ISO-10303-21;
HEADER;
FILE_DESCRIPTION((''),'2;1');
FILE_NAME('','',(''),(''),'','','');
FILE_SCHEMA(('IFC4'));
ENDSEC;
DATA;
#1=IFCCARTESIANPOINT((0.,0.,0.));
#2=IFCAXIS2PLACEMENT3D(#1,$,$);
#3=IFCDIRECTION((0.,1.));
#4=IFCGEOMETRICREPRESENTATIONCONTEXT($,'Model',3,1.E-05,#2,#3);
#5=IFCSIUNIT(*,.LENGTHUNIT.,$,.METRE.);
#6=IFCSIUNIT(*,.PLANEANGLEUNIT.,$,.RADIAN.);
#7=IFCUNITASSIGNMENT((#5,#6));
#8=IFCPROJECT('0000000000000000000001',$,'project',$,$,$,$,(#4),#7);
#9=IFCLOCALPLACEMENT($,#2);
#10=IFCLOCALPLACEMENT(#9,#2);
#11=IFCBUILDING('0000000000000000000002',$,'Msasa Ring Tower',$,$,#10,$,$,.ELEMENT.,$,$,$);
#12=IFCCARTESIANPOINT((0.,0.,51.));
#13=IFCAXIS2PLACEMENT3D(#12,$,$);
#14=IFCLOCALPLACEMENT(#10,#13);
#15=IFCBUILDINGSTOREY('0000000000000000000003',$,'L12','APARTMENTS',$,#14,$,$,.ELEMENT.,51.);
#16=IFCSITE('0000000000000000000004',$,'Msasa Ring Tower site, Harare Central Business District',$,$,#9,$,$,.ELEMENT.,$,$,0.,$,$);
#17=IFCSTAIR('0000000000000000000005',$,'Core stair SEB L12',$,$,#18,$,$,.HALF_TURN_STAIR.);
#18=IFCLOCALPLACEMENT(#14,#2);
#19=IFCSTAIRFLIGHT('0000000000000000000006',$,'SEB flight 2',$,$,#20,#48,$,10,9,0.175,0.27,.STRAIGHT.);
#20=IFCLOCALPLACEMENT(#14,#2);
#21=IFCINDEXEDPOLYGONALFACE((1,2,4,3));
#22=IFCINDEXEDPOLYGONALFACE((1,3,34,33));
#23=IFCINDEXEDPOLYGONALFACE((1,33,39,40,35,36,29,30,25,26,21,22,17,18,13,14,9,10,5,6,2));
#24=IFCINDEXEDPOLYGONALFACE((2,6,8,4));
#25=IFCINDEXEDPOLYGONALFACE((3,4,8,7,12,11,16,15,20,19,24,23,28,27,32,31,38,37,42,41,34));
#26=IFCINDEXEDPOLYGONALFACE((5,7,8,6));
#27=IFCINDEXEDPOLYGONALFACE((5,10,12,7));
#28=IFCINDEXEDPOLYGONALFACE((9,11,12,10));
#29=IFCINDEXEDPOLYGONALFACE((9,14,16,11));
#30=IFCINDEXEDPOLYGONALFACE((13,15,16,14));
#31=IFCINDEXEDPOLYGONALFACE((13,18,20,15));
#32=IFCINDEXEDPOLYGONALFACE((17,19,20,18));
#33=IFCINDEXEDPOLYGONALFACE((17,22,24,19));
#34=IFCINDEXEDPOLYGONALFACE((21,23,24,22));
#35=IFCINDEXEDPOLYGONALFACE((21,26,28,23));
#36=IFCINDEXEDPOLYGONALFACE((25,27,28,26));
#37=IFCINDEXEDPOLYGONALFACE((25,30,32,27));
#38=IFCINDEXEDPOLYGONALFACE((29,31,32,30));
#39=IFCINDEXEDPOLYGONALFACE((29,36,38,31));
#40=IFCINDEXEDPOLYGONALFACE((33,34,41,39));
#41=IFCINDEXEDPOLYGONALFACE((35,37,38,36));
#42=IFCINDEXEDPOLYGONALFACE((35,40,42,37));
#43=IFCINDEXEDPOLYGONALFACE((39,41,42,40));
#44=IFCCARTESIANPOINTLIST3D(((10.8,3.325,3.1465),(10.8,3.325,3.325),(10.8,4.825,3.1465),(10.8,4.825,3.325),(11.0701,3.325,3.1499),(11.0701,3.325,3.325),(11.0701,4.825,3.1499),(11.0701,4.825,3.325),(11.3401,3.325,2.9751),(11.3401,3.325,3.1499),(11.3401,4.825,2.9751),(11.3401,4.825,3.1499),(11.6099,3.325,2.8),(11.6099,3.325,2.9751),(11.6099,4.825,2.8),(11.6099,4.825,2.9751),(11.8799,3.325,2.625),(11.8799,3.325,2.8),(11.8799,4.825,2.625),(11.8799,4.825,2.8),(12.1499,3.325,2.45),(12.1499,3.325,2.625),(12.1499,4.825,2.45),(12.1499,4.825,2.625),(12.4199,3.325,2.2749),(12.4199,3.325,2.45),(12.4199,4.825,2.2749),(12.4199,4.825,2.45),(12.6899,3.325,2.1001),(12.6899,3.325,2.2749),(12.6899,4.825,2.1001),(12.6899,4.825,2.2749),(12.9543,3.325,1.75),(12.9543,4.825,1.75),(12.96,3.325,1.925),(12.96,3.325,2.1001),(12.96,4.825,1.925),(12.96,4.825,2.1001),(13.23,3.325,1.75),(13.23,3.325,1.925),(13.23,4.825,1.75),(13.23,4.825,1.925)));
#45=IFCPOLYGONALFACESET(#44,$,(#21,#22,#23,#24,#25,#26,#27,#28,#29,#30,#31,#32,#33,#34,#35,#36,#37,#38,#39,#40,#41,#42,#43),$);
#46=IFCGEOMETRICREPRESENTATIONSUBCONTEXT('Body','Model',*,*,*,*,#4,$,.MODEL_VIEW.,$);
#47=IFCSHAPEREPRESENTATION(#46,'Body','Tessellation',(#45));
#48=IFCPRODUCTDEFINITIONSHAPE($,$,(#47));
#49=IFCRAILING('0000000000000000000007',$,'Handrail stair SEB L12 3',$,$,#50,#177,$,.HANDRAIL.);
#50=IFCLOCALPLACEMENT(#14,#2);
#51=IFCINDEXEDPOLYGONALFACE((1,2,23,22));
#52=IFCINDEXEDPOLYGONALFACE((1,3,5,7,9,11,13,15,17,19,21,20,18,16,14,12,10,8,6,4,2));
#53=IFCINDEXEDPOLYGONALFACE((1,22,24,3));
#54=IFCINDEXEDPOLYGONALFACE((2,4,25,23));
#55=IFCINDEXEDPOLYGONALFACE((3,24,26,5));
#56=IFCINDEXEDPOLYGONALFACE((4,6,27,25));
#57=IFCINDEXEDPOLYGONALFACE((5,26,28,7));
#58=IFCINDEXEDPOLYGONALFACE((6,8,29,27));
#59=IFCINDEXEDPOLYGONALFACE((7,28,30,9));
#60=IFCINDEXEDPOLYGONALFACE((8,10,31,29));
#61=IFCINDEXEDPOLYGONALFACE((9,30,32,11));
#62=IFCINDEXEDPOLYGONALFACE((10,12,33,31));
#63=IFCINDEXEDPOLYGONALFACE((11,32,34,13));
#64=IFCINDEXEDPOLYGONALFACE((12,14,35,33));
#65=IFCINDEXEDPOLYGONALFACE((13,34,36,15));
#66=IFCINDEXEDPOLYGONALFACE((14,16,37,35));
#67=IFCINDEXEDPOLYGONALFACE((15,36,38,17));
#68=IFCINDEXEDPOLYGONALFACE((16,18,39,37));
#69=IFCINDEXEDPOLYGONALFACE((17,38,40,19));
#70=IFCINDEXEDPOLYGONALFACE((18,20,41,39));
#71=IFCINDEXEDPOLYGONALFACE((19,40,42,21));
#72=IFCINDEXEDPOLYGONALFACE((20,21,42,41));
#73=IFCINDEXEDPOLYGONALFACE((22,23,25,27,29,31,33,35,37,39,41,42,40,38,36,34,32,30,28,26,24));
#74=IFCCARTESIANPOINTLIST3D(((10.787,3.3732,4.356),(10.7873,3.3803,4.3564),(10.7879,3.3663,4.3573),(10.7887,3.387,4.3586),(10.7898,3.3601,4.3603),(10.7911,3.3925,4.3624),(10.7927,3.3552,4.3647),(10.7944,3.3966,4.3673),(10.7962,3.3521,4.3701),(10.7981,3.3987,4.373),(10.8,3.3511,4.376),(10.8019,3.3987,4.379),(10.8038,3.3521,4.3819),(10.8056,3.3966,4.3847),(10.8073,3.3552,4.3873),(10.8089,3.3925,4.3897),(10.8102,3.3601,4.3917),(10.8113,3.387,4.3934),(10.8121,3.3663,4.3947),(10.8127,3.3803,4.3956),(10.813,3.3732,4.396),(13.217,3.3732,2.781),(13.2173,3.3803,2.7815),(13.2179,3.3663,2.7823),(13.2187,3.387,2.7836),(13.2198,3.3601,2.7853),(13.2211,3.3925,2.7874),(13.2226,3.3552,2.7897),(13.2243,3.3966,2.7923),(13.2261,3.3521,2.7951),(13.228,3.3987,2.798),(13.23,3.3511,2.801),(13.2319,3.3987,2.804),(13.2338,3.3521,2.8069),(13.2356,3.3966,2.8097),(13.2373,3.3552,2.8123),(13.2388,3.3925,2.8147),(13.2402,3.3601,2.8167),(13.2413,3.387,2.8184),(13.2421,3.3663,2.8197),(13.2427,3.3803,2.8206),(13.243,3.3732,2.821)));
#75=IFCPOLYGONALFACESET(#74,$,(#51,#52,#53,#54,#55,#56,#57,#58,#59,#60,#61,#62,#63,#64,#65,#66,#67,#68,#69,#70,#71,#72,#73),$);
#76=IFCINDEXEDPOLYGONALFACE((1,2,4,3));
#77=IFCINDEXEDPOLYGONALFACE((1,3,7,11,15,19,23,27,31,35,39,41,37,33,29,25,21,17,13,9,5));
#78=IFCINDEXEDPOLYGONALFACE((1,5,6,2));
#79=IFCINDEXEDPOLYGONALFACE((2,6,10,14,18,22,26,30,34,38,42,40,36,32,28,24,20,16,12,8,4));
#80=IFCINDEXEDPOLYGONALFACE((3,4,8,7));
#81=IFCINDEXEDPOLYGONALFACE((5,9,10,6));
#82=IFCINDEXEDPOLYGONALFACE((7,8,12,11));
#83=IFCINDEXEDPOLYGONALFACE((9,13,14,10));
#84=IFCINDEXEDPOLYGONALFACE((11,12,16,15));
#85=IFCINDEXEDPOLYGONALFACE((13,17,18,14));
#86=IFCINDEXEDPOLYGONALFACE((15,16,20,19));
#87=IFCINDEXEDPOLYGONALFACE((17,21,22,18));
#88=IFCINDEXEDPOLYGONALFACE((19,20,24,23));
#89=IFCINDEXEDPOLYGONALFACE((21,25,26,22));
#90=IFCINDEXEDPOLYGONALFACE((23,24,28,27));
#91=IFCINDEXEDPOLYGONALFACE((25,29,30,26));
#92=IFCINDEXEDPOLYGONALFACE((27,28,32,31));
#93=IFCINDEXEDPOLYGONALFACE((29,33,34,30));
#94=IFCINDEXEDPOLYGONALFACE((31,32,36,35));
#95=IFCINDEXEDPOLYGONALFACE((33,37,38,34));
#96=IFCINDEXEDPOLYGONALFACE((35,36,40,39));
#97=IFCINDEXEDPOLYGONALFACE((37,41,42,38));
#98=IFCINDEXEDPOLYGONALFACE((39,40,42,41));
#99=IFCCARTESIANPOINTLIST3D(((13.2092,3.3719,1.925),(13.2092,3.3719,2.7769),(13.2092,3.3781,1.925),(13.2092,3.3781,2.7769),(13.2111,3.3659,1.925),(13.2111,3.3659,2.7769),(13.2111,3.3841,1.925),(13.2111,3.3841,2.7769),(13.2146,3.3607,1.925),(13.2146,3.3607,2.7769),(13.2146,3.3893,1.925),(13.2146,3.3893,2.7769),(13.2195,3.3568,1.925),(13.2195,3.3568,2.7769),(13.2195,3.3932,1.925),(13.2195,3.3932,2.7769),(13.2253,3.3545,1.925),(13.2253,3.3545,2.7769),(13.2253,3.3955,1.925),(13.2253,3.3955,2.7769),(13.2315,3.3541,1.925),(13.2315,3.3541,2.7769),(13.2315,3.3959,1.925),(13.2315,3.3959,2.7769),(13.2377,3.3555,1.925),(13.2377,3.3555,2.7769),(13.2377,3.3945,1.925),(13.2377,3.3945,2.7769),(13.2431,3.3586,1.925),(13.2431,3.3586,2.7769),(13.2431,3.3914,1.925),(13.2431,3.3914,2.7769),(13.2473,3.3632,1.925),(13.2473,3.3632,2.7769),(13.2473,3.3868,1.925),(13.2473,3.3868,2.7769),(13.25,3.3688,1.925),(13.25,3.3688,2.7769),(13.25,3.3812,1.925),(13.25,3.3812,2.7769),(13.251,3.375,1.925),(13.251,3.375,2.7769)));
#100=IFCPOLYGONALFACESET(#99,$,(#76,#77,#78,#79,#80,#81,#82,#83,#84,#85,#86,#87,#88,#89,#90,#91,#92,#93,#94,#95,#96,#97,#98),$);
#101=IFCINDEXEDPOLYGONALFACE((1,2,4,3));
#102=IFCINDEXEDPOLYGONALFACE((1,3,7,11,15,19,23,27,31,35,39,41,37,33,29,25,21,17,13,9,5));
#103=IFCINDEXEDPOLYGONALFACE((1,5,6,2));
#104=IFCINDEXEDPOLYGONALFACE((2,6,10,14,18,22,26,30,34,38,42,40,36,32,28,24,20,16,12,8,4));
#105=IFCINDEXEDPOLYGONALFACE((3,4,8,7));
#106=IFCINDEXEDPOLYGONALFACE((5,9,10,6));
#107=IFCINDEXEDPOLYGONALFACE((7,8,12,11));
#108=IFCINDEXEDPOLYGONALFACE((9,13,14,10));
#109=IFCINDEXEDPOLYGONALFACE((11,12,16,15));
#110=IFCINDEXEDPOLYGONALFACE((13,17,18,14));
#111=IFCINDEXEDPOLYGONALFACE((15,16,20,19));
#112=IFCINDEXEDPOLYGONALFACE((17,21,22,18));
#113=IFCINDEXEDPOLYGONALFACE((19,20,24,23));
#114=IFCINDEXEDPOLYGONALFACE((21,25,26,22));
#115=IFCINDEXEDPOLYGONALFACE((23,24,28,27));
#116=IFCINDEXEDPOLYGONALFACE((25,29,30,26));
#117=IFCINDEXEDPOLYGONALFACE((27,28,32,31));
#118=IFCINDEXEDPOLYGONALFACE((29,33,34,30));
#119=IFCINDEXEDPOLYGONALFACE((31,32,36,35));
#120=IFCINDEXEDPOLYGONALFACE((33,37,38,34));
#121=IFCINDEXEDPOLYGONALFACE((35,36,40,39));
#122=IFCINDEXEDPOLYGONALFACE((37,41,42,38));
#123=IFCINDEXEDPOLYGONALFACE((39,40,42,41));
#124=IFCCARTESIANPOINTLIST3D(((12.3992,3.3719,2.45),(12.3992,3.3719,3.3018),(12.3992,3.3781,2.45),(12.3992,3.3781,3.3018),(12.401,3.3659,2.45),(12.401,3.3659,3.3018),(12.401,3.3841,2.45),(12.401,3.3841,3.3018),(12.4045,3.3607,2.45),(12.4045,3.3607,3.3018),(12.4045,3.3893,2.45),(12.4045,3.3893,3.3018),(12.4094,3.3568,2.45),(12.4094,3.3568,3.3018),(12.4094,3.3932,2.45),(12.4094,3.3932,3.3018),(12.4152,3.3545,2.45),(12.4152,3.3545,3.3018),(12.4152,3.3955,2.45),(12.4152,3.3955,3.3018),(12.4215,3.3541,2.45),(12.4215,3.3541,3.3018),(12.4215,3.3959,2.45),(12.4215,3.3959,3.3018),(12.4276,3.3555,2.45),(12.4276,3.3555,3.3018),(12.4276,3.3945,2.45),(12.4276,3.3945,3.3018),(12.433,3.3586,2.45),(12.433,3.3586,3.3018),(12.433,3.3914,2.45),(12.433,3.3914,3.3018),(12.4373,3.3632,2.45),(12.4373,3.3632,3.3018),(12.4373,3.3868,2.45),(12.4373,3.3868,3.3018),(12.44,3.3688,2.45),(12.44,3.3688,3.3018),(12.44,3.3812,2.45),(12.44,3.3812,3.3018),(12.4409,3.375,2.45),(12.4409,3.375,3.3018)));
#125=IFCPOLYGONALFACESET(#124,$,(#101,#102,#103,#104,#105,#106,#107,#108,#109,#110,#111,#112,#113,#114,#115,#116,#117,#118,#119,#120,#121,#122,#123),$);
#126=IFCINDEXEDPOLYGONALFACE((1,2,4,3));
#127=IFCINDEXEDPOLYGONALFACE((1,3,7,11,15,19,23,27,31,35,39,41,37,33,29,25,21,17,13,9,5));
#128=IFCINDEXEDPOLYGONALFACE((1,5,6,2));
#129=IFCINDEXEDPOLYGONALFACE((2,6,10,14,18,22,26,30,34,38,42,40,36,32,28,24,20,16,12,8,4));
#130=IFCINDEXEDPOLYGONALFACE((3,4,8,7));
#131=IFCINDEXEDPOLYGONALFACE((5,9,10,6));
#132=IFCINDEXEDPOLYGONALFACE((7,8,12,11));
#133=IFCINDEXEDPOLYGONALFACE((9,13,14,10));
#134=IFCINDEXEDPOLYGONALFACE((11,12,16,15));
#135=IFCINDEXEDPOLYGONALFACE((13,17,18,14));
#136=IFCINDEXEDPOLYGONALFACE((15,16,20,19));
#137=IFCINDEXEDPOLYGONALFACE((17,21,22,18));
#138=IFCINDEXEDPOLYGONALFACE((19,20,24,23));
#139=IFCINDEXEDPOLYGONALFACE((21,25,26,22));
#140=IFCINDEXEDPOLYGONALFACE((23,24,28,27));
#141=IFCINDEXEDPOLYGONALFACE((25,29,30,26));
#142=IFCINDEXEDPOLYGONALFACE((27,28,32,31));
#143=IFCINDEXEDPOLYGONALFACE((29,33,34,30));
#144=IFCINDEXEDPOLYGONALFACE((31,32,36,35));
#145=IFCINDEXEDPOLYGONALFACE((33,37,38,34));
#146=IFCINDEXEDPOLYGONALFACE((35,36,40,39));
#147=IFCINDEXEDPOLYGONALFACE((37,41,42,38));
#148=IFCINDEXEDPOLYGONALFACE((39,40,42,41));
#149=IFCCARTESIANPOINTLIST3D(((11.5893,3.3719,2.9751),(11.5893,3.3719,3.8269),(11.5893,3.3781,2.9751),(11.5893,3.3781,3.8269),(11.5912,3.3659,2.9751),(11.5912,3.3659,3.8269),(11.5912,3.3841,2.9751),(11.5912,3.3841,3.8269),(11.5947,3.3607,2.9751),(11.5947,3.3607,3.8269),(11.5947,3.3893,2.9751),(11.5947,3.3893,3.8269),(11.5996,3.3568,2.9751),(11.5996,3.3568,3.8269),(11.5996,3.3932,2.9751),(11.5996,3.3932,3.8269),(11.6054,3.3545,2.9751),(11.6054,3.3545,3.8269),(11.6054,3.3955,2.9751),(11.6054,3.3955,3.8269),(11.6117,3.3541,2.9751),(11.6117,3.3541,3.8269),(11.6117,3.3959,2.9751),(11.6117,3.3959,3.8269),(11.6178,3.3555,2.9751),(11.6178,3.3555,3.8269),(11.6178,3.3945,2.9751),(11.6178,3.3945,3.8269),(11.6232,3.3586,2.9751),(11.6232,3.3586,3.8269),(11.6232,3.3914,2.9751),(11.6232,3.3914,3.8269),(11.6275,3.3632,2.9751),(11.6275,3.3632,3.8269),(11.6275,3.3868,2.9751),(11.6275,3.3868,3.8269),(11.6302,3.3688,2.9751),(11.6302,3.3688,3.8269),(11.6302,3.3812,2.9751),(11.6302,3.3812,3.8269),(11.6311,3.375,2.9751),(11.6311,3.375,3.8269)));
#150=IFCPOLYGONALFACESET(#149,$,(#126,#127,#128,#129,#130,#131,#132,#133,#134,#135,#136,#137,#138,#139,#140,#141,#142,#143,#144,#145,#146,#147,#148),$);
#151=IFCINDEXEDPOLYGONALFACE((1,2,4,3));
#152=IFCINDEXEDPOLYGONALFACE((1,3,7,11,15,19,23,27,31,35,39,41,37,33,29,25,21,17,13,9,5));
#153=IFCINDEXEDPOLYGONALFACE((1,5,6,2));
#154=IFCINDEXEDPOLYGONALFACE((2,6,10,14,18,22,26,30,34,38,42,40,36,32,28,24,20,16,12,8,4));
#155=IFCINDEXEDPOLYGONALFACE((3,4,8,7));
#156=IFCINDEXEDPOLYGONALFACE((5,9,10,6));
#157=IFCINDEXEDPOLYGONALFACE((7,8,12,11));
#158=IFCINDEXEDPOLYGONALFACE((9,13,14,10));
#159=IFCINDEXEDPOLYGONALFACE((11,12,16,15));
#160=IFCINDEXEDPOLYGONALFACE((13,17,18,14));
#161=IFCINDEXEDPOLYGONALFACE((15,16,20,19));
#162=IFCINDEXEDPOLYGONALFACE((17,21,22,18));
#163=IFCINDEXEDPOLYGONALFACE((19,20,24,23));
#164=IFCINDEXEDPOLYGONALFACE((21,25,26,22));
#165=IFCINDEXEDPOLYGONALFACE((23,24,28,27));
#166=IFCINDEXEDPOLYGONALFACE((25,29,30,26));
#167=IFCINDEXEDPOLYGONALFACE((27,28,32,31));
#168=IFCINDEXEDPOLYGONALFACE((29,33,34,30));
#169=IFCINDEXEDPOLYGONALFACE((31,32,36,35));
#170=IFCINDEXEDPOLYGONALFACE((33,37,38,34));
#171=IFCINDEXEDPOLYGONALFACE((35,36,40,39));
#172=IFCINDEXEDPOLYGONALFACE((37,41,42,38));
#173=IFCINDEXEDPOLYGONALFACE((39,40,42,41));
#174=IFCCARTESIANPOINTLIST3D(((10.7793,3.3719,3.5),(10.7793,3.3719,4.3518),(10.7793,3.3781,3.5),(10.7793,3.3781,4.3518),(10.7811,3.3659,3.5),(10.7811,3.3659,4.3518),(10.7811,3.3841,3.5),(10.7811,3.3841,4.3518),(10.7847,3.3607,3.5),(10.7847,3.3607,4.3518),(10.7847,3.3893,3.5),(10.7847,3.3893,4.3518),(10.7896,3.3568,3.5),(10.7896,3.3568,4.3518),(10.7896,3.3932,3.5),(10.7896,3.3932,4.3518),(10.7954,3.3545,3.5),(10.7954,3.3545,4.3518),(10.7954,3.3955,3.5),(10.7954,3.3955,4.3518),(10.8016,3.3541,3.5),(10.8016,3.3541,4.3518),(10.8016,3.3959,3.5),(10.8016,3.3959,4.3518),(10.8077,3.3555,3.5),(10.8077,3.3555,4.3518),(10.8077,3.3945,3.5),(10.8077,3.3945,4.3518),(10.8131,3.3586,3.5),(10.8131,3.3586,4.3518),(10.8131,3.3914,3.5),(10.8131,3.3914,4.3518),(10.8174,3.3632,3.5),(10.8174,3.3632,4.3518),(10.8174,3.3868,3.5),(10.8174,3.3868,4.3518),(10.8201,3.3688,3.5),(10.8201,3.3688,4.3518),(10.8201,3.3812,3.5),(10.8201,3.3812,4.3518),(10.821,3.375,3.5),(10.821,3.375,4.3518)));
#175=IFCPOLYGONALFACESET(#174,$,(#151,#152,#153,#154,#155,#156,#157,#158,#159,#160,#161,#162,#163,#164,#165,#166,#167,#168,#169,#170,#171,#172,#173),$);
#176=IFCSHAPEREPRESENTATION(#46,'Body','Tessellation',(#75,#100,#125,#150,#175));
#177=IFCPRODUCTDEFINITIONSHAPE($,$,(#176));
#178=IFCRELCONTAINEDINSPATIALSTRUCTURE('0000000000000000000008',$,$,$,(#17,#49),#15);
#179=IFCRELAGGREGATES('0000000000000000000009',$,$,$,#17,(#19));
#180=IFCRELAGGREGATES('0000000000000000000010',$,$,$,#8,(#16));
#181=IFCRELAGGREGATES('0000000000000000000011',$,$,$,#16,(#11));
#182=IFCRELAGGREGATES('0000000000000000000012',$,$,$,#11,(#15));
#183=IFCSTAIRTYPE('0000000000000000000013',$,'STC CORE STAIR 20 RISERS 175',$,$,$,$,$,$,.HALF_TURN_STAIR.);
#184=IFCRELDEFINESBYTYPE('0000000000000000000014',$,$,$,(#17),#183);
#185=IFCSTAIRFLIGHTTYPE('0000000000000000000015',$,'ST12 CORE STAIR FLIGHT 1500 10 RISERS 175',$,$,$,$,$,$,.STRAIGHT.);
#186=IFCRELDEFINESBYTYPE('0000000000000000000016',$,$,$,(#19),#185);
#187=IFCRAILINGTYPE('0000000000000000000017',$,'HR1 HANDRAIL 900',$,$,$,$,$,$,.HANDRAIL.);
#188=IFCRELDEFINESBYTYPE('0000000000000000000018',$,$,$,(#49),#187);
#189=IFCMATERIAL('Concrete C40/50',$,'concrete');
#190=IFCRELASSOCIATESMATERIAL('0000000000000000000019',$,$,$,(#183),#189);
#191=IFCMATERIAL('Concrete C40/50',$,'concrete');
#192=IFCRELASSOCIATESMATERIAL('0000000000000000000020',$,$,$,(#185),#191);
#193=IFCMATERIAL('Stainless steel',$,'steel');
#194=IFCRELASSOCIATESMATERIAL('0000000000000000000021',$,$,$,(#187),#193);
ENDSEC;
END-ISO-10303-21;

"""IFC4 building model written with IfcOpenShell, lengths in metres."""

from ifc_helpers import new_model, si_unit, direction, frame, origin, origin_2d, place, context, subcontext, project, spatial, polyline, circle, outline, extrude, material, type_object, element, aggregate, save


model = new_model("IFC4")

# Units and contexts
model_context = context("Model", 3, precision=1e-05, world=origin(), true_north=direction((0.0, 1.0)))
body_context = subcontext(model_context, "Body", "Model", "MODEL_VIEW")
ifc_project = project(units=[si_unit("LENGTHUNIT", "METRE"), si_unit("PLANEANGLEUNIT", "RADIAN")], contexts=[model_context])

# Site, building, storey
site_placement = place(None, origin())
site = spatial("IfcSite", under=ifc_project, at=site_placement, Name="Msasa Ring Tower site, Harare Central Business District", CompositionType="ELEMENT", RefElevation=0.0)
building_placement = place(site_placement, origin())
building = spatial("IfcBuilding", under=site, at=building_placement, Name="Msasa Ring Tower", CompositionType="ELEMENT")
storey_placement = place(building_placement, frame((0.0, 0.0, 51.0)))
storey = spatial("IfcBuildingStorey", under=building, at=storey_placement, Name="L12", Description="APARTMENTS", CompositionType="ELEMENT", Elevation=51.0)

# Stair, stair flight
ifc_material_1 = material(Name="Concrete C40/50", Category="concrete")
stair_type = type_object("IfcStairType", Name="STC CORE STAIR 20 RISERS 175", PredefinedType="HALF_TURN_STAIR", material=ifc_material_1)
stair_placement = place(storey_placement, origin())
stair = element("IfcStair", 1, at=stair_placement, inside=storey, type_object=stair_type, Name="Core stair SEB L12", PredefinedType="HALF_TURN_STAIR")
ifc_material_2 = material(Name="Concrete C40/50", Category="concrete")
stair_flight_type = type_object("IfcStairFlightType", Name="ST12 CORE STAIR FLIGHT 1500 10 RISERS 175", PredefinedType="STRAIGHT", material=ifc_material_2)
stair_flight_placement = place(storey_placement, frame((13.23, 4.075, 1.75), z_axis=(0.0, 0.0, 1.0), x_axis=(-1.0, 0.0, 0.0)))
stair_flight = element("IfcStairFlight", 2, at=stair_flight_placement, type_object=stair_flight_type, Name="SEB flight 2", NumberOfRisers=10, NumberOfTreads=9, PredefinedType="STRAIGHT", RiserHeight=0.175, TreadLength=0.27, context=body_context, shape_type="SweptSolid", body=[
    extrude(outline(polyline([(0.0, 0.0), (0.0, 0.175), (0.27, 0.175), (0.27, 0.3501), (0.54, 0.3501), (0.54, 0.5249), (0.8101, 0.5249), (0.8101, 0.7), (1.0801, 0.7), (1.0801, 0.875), (1.3501, 0.875), (1.3501, 1.05), (1.6201, 1.05), (1.6201, 1.2251), (1.8899, 1.2251), (1.8899, 1.3999), (2.1599, 1.3999), (2.1599, 1.575), (2.4299, 1.575), (2.4299, 1.75), (2.4299, 1.3965), (0.2756, 0.0), (0.0, 0.0)])), frame((0.0, 0.75, 0.0), z_axis=(0.0, -1.0, 0.0), x_axis=(1.0, 0.0, 0.0)), (0.0, 0.0, 1.0), 1.5),
])
aggregate(stair, [stair_flight])

# Railing
ifc_material_3 = material(Name="Stainless steel", Category="steel")
railing_type = type_object("IfcRailingType", Name="HR1 HANDRAIL 900", PredefinedType="HANDRAIL", material=ifc_material_3)
for number, where, name in (
    (3, (13.23, 3.375, 1.925), "Handrail stair SEB L12 3"),
):
    element("IfcRailing", number, at=place(storey_placement, frame(where)), inside=storey, type_object=railing_type, Name=name, PredefinedType="HANDRAIL", context=body_context, shape_type="SweptSolid", body=[
        extrude(circle(Radius=0.0239, at=origin_2d()), frame((0.0, 0.0, 0.876), z_axis=(-0.839154, 0.0, 0.543894), x_axis=(0.0, -1.0, 0.0)), (0.0, 0.0, 1.0), 2.8958),
        extrude(circle(Radius=0.021, at=origin_2d()), origin(), (0.0, 0.0, 1.0), 0.8518),
        extrude(circle(Radius=0.021, at=origin_2d()), frame((-0.8101, 0.0, 0.5249)), (0.0, 0.0, 1.0), 0.8518),
        extrude(circle(Radius=0.021, at=origin_2d()), frame((-1.6199, 0.0, 1.05)), (0.0, 0.0, 1.0), 0.8518),
        extrude(circle(Radius=0.021, at=origin_2d()), frame((-2.4299, 0.0, 1.575)), (0.0, 0.0, 1.0), 0.8518),
    ])

save(model, "model.ifc")
